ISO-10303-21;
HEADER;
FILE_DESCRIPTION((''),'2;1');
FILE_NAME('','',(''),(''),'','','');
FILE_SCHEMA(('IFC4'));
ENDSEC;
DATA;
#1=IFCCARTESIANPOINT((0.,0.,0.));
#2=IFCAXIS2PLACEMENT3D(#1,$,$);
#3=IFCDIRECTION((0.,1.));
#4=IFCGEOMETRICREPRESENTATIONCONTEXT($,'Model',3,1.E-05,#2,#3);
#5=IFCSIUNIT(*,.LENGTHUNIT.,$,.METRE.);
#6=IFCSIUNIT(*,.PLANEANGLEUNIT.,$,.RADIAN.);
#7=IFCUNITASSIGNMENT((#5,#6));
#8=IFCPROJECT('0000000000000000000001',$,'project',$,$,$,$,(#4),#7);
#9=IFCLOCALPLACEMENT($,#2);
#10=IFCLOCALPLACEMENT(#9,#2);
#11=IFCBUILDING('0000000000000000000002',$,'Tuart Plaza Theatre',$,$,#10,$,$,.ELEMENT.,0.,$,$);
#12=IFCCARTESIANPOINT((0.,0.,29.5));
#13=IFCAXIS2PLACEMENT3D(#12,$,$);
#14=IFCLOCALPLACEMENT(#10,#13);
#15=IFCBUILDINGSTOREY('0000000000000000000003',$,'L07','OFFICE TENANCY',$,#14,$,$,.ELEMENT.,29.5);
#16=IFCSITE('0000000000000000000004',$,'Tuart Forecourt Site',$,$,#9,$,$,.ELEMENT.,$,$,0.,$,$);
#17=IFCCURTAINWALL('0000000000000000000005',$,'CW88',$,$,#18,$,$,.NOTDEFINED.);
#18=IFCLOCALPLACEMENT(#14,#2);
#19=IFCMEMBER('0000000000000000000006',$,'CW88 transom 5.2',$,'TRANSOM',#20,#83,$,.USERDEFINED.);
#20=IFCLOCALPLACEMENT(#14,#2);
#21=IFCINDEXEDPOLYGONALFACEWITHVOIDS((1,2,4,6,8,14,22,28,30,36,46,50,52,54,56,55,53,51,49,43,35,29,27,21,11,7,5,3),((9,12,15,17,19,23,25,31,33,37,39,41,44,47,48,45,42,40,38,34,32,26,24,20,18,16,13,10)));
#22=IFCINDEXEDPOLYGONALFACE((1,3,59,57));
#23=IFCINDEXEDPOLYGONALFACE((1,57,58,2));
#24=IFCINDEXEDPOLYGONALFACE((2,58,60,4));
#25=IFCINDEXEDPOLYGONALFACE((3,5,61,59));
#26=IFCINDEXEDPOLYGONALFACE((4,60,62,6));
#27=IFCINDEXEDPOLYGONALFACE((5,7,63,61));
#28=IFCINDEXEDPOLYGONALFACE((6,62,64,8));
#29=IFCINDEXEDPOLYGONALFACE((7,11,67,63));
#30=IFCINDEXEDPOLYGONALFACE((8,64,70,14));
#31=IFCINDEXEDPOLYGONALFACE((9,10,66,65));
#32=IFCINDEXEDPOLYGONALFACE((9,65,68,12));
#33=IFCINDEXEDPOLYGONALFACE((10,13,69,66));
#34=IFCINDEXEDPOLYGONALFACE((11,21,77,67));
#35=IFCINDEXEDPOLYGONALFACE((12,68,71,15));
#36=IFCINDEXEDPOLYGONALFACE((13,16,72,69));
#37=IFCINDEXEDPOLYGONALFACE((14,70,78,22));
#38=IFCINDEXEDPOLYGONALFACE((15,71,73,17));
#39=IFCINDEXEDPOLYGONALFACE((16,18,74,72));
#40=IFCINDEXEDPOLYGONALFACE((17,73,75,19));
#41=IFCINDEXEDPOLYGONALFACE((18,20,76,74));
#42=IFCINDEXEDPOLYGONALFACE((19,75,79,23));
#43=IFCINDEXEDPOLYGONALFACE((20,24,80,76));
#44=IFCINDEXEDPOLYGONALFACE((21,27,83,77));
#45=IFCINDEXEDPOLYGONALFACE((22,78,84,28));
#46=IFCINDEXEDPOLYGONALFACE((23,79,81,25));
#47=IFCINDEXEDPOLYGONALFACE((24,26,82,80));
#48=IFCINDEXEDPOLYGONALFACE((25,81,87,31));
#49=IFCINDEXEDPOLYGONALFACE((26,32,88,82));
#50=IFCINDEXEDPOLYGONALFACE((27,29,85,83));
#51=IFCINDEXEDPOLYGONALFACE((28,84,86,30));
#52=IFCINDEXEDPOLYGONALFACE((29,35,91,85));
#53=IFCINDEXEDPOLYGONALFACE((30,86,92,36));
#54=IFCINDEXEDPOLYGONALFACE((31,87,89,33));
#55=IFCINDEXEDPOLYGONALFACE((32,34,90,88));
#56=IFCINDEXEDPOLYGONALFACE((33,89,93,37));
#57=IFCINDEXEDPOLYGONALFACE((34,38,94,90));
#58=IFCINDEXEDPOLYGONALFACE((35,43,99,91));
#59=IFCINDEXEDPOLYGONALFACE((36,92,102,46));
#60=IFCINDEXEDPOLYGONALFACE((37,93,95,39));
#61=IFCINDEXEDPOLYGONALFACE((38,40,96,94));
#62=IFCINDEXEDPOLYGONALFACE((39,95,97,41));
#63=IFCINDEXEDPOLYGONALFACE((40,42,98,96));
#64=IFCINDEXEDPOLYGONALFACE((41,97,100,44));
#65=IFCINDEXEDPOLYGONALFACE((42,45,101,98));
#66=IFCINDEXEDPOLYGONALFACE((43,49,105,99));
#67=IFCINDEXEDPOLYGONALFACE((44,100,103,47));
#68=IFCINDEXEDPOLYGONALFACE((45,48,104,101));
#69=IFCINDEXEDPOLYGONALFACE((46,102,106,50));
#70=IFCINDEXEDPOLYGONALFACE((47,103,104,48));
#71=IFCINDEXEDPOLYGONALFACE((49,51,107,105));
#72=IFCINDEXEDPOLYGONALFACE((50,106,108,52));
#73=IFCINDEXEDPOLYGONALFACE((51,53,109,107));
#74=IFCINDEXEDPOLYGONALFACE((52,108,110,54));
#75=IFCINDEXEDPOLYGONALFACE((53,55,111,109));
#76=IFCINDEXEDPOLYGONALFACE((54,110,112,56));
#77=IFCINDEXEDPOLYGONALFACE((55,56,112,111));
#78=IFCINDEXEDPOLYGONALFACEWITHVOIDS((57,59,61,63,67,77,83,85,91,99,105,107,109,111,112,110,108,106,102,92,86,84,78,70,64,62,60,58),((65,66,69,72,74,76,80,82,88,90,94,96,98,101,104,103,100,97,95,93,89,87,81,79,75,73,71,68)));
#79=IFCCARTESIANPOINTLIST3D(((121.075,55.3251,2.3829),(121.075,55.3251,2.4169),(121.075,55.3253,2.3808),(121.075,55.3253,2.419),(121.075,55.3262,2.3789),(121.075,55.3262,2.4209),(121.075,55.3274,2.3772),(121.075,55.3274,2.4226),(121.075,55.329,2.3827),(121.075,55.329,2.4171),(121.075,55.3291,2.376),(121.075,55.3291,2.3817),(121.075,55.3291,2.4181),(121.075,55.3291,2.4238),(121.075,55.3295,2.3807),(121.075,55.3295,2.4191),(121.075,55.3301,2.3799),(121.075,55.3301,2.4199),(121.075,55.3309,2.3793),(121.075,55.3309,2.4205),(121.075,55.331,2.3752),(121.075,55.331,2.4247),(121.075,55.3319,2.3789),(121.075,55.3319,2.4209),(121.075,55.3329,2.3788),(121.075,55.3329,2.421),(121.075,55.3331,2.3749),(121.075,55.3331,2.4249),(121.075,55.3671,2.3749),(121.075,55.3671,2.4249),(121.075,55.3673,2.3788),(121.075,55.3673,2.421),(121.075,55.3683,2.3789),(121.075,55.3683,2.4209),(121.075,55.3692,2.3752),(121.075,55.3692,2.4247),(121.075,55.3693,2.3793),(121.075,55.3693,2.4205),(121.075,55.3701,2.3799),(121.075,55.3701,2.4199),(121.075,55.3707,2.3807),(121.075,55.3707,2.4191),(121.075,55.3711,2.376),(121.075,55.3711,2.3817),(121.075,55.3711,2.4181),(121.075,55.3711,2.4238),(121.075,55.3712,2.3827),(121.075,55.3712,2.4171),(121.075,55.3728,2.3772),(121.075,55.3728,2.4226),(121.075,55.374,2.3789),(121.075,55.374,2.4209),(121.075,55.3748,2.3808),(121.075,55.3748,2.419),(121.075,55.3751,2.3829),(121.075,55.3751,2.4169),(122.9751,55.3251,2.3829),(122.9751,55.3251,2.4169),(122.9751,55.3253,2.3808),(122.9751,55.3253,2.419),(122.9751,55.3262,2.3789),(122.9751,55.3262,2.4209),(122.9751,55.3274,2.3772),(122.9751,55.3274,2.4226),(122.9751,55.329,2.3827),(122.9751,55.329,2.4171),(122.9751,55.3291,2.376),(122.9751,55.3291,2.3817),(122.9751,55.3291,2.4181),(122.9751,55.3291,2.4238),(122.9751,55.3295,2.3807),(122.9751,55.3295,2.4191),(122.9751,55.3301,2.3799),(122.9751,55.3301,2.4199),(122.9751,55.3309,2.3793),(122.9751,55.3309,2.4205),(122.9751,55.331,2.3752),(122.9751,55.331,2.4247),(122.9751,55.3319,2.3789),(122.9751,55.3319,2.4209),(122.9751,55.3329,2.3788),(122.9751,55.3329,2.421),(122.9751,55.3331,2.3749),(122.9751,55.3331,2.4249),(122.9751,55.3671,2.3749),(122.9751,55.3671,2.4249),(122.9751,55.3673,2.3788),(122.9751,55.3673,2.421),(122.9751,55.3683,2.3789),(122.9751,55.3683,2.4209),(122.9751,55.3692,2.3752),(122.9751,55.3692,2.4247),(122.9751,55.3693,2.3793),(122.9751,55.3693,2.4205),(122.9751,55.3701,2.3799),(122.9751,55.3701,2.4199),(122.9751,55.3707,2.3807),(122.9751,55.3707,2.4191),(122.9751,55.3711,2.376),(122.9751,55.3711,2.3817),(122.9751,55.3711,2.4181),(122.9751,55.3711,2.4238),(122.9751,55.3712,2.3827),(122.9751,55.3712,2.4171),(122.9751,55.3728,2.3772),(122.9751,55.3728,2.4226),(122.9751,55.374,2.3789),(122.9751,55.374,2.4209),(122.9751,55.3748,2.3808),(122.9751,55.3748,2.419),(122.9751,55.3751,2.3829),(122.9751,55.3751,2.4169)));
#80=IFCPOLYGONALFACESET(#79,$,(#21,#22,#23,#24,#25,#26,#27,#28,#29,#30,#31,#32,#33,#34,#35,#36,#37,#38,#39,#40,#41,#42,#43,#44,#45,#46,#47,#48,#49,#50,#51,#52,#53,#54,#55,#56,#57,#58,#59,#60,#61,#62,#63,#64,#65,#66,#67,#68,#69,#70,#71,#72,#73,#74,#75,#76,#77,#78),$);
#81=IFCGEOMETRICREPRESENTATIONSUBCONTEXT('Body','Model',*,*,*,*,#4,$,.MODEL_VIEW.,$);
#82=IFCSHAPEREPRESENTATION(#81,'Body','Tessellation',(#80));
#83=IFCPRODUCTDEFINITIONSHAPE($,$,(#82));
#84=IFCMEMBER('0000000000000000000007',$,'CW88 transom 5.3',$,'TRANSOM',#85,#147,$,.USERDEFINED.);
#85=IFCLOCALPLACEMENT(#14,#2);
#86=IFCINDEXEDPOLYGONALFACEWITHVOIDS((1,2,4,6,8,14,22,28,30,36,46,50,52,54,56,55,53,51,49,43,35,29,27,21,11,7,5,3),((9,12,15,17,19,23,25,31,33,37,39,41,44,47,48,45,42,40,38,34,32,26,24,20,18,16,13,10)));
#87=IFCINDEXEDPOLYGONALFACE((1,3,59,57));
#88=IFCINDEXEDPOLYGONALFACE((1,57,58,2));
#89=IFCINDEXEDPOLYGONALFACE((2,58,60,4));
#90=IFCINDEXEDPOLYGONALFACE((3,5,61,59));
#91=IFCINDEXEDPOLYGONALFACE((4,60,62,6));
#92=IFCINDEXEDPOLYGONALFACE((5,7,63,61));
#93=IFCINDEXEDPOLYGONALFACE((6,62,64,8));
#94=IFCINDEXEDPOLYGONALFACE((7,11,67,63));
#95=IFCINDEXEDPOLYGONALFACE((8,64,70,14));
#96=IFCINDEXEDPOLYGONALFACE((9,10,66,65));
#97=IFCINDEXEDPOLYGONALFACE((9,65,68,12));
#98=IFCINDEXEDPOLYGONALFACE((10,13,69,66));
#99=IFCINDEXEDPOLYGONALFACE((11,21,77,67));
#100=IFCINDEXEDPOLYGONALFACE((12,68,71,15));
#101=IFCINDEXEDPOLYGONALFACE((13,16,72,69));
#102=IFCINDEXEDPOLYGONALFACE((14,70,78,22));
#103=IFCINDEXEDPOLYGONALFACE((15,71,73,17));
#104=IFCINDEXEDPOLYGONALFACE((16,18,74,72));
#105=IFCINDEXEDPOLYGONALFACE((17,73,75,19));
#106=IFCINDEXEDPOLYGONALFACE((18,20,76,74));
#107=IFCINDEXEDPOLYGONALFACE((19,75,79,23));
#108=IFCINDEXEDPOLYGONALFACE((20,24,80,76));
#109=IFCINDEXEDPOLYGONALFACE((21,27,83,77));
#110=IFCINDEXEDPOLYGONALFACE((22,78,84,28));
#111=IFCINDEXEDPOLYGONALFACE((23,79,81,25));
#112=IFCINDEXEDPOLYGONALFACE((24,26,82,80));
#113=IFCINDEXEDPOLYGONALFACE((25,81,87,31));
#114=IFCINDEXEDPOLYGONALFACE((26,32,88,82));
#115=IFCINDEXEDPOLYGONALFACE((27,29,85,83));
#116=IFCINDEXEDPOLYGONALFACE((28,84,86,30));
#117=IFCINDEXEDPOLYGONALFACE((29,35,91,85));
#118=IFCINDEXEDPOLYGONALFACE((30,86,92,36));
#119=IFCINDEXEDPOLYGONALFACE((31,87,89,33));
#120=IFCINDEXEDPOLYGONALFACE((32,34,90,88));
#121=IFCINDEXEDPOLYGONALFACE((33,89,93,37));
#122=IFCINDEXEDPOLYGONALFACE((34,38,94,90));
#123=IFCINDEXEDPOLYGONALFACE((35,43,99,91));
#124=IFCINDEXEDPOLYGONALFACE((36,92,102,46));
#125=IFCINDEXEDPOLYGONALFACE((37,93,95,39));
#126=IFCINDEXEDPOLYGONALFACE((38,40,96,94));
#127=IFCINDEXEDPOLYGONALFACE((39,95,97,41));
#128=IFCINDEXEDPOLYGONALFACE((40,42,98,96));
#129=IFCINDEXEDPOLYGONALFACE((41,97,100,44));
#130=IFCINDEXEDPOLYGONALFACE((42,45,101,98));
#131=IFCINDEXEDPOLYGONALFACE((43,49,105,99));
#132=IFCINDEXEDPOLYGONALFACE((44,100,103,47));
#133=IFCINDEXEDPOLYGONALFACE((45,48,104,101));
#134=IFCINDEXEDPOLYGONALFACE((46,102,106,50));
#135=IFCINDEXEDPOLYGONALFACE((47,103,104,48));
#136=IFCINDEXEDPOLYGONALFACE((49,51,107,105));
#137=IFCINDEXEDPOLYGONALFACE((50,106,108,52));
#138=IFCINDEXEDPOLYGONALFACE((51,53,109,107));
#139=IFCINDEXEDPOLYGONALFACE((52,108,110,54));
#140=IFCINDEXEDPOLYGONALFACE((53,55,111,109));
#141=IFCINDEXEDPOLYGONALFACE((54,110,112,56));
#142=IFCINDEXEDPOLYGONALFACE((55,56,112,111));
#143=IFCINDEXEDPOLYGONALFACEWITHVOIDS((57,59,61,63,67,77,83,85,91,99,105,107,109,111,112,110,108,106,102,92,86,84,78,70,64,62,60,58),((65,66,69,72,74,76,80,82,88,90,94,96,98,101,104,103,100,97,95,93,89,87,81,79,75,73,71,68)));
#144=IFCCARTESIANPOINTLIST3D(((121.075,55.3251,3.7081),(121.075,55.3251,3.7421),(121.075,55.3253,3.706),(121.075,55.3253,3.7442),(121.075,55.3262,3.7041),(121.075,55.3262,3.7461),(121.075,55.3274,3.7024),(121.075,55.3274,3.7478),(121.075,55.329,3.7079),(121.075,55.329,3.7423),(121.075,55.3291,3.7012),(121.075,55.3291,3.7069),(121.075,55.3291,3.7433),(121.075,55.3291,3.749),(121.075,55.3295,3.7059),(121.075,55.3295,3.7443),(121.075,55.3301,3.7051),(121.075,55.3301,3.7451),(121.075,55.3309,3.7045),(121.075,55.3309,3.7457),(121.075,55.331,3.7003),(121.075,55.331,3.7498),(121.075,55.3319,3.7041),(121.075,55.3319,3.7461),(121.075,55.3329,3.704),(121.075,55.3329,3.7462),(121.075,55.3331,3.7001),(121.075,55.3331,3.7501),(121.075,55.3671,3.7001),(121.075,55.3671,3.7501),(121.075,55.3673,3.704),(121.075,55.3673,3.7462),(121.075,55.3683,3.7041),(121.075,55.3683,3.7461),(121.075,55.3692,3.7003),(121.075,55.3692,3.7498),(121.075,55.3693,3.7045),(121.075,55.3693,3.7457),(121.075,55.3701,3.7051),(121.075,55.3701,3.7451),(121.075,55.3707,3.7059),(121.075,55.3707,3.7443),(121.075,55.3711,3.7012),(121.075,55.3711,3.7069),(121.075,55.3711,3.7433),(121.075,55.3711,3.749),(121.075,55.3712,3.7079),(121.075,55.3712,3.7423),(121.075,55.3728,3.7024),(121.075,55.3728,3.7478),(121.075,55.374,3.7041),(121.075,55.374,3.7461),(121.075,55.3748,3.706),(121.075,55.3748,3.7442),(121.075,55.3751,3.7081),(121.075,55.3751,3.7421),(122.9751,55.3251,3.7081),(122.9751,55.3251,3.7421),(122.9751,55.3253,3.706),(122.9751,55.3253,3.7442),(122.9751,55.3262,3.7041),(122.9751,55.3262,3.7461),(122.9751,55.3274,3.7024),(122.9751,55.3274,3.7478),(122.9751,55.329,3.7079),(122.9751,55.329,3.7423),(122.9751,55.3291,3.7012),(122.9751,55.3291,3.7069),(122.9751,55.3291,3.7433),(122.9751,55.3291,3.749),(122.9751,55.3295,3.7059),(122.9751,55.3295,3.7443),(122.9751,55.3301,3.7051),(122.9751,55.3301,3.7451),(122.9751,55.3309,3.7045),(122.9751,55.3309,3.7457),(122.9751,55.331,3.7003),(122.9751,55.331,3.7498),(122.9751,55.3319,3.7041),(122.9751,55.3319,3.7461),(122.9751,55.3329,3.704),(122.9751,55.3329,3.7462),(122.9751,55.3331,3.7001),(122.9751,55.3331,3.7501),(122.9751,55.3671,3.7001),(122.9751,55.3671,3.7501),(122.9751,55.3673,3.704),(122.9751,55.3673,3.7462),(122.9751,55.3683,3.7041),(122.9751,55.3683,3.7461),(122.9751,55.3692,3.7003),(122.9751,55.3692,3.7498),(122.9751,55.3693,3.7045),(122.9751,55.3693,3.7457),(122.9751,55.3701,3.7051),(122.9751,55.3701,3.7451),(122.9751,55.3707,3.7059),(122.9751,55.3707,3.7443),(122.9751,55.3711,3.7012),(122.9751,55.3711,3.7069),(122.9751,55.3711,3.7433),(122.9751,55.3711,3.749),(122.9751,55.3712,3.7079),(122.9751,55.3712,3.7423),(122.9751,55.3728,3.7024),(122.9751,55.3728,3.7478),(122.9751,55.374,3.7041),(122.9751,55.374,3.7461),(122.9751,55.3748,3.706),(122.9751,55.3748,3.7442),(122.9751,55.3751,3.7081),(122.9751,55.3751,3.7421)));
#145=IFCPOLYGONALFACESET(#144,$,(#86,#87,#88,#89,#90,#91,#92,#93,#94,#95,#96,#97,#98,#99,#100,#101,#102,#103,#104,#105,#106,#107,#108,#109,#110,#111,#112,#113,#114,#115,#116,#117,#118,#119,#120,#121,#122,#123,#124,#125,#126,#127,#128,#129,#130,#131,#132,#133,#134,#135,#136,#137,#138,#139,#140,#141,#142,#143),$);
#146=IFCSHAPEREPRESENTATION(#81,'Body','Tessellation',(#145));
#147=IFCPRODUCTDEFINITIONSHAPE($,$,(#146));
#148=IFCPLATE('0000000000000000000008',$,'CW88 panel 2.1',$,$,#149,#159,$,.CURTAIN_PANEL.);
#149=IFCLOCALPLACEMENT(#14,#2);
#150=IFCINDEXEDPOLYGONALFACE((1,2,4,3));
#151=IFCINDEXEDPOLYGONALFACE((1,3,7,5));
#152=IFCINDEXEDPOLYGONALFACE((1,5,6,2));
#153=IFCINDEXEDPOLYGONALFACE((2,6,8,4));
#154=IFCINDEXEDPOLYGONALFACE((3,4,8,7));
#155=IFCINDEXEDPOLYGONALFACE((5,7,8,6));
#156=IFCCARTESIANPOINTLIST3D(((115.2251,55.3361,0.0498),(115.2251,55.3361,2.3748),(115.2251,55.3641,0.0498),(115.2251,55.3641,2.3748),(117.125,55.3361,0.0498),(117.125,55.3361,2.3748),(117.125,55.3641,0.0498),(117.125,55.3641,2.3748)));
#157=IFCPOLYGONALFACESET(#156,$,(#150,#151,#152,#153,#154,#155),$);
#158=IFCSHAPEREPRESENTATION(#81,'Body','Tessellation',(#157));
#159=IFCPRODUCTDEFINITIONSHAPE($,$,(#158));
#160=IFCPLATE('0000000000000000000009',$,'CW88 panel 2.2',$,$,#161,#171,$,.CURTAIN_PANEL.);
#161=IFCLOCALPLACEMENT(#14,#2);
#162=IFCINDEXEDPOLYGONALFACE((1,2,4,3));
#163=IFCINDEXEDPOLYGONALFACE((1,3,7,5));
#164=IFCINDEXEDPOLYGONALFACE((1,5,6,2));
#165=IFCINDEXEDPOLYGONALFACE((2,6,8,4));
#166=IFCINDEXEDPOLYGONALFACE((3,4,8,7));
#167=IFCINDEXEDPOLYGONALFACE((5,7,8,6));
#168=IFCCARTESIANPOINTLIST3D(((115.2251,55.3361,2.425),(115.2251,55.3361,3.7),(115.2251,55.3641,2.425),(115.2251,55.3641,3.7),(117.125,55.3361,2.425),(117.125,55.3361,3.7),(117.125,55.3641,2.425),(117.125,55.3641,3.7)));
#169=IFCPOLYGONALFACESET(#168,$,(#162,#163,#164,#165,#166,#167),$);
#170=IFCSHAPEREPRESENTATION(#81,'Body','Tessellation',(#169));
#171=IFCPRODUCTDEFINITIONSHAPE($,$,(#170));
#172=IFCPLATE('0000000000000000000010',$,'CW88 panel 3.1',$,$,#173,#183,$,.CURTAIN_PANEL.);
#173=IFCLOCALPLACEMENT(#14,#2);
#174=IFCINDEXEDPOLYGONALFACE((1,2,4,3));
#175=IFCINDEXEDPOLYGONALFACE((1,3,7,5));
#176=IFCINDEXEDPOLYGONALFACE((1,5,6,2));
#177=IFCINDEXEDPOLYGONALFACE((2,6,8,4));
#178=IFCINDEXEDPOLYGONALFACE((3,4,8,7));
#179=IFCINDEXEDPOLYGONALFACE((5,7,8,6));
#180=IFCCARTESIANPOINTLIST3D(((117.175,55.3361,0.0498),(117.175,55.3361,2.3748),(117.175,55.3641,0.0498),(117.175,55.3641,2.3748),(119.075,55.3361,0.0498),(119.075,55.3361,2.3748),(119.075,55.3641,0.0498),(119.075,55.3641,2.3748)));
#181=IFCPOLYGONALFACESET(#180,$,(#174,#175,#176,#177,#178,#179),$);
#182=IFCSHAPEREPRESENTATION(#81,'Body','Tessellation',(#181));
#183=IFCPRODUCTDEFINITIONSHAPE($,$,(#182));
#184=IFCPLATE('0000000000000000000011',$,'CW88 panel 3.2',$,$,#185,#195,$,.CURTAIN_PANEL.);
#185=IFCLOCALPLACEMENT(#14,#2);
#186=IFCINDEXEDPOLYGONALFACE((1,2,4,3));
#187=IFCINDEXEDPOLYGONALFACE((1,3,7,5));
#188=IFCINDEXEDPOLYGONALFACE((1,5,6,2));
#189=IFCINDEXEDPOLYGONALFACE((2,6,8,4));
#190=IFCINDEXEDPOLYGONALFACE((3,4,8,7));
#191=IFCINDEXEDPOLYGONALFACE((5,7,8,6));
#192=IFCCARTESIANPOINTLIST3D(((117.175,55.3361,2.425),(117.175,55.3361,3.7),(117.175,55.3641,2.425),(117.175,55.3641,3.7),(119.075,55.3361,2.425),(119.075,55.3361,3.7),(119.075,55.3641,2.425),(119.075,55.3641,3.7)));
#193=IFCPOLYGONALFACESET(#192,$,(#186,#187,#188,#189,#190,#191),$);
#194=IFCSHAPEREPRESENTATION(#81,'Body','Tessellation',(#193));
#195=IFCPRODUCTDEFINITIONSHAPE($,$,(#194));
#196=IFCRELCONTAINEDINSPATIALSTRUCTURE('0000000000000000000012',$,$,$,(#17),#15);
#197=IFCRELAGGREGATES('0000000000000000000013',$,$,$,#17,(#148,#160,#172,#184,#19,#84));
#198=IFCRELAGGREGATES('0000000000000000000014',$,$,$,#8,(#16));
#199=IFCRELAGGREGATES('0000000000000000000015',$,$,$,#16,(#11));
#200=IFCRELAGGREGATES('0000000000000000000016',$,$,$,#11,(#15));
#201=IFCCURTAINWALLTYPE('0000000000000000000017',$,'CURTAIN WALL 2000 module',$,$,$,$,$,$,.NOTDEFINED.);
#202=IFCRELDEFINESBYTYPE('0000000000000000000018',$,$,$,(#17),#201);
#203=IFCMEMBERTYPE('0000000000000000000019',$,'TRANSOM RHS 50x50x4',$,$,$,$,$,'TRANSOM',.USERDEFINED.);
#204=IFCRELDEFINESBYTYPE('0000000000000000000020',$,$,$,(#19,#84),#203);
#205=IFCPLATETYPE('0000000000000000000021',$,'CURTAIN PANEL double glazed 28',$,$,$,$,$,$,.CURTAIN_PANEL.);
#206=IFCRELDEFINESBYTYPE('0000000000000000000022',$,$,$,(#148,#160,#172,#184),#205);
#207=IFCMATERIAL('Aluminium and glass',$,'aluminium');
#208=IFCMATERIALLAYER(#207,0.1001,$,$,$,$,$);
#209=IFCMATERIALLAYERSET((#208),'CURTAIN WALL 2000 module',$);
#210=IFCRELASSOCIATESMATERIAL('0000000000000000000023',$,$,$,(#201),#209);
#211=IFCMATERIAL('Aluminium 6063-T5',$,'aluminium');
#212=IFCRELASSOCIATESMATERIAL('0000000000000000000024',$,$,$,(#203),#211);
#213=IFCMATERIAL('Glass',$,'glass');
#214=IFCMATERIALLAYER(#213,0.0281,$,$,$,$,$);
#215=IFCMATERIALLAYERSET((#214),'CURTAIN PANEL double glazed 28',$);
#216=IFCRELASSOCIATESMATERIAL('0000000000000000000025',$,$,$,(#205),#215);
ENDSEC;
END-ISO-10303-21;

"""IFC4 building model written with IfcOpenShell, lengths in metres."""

from ifc_helpers import new_model, si_unit, direction, frame, origin, origin_2d, place, context, subcontext, project, spatial, rectangle, hollow_rectangle, extrude, material, layer, layer_set, material_profile, profile_set, type_object, element, aggregate, save


model = new_model("IFC4")

# Units and contexts
model_context = context("Model", 3, precision=1e-05, world=origin(), true_north=direction((0.0, 1.0)))
body_context = subcontext(model_context, "Body", "Model", "MODEL_VIEW")
ifc_project = project(units=[si_unit("LENGTHUNIT", "METRE"), si_unit("PLANEANGLEUNIT", "RADIAN")], contexts=[model_context])

# Site, building, storey
site_placement = place(None, origin())
site = spatial("IfcSite", under=ifc_project, at=site_placement, Name="Tuart Forecourt Site", CompositionType="ELEMENT", RefElevation=0.0)
building_placement = place(site_placement, origin())
building = spatial("IfcBuilding", under=site, at=building_placement, Name="Tuart Plaza Theatre", CompositionType="ELEMENT", ElevationOfRefHeight=0.0)
storey_placement = place(building_placement, frame((0.0, 0.0, 29.5)))
storey = spatial("IfcBuildingStorey", under=building, at=storey_placement, Name="L07", Description="OFFICE TENANCY", CompositionType="ELEMENT", Elevation=29.5)

# Curtain wall, members, plates
ifc_material_1 = material(Name="Aluminium and glass", Category="aluminium")
ifc_layer_1 = layer(ifc_material_1, 0.1001)
ifc_layer_set_1 = layer_set([ifc_layer_1], Name="CURTAIN WALL 2000 module")
curtain_wall_type = type_object("IfcCurtainWallType", Name="CURTAIN WALL 2000 module", PredefinedType="NOTDEFINED", material=ifc_layer_set_1)
curtain_wall_placement = place(storey_placement, origin())
curtain_wall = element("IfcCurtainWall", 1, at=curtain_wall_placement, inside=storey, type_object=curtain_wall_type, Name="CW88", PredefinedType="NOTDEFINED")
ifc_material_2 = material(Name="Aluminium 6063-T5", Category="aluminium")
ifc_material_profile_1 = material_profile(ifc_material_2, hollow_rectangle(XDim=0.05, YDim=0.05, WallThickness=0.0039, InnerFilletRadius=0.0039, OuterFilletRadius=0.0081, at=origin_2d()), Name="RHS 50x50x4")
ifc_profile_set_1 = profile_set([ifc_material_profile_1], Name="Aluminium 6063-T5")
member_type_1 = type_object("IfcMemberType", Name="TRANSOM RHS 50x50x4", ElementType="TRANSOM", PredefinedType="USERDEFINED", material=ifc_profile_set_1)
member_1_placement = place(storey_placement, frame((121.075, 55.3501, 2.3999), z_axis=(1.0, 0.0, 0.0), x_axis=(0.0, 1.0, 0.0)))
member_1 = element("IfcMember", 2, at=member_1_placement, type_object=member_type_1, Name="CW88 transom 5.2", ObjectType="TRANSOM", PredefinedType="USERDEFINED", context=body_context, shape_type="SweptSolid", body=[
    extrude(hollow_rectangle(XDim=0.05, YDim=0.05, WallThickness=0.0039, InnerFilletRadius=0.0039, OuterFilletRadius=0.0081, at=origin_2d()), origin(), (0.0, 0.0, 1.0), 1.9001),
])
member_2_placement = place(storey_placement, frame((121.075, 55.3501, 3.7251), z_axis=(1.0, 0.0, 0.0), x_axis=(0.0, 1.0, 0.0)))
member_2 = element("IfcMember", 3, at=member_2_placement, type_object=member_type_1, Name="CW88 transom 5.3", ObjectType="TRANSOM", PredefinedType="USERDEFINED", context=body_context, shape_type="SweptSolid", body=[
    extrude(hollow_rectangle(XDim=0.05, YDim=0.05, WallThickness=0.0039, InnerFilletRadius=0.0039, OuterFilletRadius=0.0081, at=origin_2d()), origin(), (0.0, 0.0, 1.0), 1.9001),
])
ifc_material_3 = material(Name="Glass", Category="glass")
ifc_layer_2 = layer(ifc_material_3, 0.0281)
ifc_layer_set_2 = layer_set([ifc_layer_2], Name="CURTAIN PANEL double glazed 28")
plate_type = type_object("IfcPlateType", Name="CURTAIN PANEL double glazed 28", PredefinedType="CURTAIN_PANEL", material=ifc_layer_set_2)
plate_1_placement = place(storey_placement, frame((116.175, 55.3501, 0.0498), z_axis=(0.0, 0.0, 1.0), x_axis=(1.0, 0.0, 0.0)))
plate_1 = element("IfcPlate", 4, at=plate_1_placement, type_object=plate_type, Name="CW88 panel 2.1", PredefinedType="CURTAIN_PANEL", context=body_context, shape_type="SweptSolid", body=[
    extrude(rectangle(XDim=1.8999, YDim=0.0281, at=origin_2d()), origin(), (0.0, 0.0, 1.0), 2.325),
])
plate_2_placement = place(storey_placement, frame((116.175, 55.3501, 2.425), z_axis=(0.0, 0.0, 1.0), x_axis=(1.0, 0.0, 0.0)))
plate_2 = element("IfcPlate", 5, at=plate_2_placement, type_object=plate_type, Name="CW88 panel 2.2", PredefinedType="CURTAIN_PANEL", context=body_context, shape_type="SweptSolid", body=[
    extrude(rectangle(XDim=1.8999, YDim=0.0281, at=origin_2d()), origin(), (0.0, 0.0, 1.0), 1.2749),
])
plate_3_placement = place(storey_placement, frame((118.125, 55.3501, 0.0498), z_axis=(0.0, 0.0, 1.0), x_axis=(1.0, 0.0, 0.0)))
plate_3 = element("IfcPlate", 6, at=plate_3_placement, type_object=plate_type, Name="CW88 panel 3.1", PredefinedType="CURTAIN_PANEL", context=body_context, shape_type="SweptSolid", body=[
    extrude(rectangle(XDim=1.8999, YDim=0.0281, at=origin_2d()), origin(), (0.0, 0.0, 1.0), 2.325),
])
plate_4_placement = place(storey_placement, frame((118.125, 55.3501, 2.425), z_axis=(0.0, 0.0, 1.0), x_axis=(1.0, 0.0, 0.0)))
plate_4 = element("IfcPlate", 7, at=plate_4_placement, type_object=plate_type, Name="CW88 panel 3.2", PredefinedType="CURTAIN_PANEL", context=body_context, shape_type="SweptSolid", body=[
    extrude(rectangle(XDim=1.8999, YDim=0.0281, at=origin_2d()), origin(), (0.0, 0.0, 1.0), 1.2749),
])
aggregate(curtain_wall, [plate_1, plate_2, plate_3, plate_4, member_1, member_2])

save(model, "model.ifc")
